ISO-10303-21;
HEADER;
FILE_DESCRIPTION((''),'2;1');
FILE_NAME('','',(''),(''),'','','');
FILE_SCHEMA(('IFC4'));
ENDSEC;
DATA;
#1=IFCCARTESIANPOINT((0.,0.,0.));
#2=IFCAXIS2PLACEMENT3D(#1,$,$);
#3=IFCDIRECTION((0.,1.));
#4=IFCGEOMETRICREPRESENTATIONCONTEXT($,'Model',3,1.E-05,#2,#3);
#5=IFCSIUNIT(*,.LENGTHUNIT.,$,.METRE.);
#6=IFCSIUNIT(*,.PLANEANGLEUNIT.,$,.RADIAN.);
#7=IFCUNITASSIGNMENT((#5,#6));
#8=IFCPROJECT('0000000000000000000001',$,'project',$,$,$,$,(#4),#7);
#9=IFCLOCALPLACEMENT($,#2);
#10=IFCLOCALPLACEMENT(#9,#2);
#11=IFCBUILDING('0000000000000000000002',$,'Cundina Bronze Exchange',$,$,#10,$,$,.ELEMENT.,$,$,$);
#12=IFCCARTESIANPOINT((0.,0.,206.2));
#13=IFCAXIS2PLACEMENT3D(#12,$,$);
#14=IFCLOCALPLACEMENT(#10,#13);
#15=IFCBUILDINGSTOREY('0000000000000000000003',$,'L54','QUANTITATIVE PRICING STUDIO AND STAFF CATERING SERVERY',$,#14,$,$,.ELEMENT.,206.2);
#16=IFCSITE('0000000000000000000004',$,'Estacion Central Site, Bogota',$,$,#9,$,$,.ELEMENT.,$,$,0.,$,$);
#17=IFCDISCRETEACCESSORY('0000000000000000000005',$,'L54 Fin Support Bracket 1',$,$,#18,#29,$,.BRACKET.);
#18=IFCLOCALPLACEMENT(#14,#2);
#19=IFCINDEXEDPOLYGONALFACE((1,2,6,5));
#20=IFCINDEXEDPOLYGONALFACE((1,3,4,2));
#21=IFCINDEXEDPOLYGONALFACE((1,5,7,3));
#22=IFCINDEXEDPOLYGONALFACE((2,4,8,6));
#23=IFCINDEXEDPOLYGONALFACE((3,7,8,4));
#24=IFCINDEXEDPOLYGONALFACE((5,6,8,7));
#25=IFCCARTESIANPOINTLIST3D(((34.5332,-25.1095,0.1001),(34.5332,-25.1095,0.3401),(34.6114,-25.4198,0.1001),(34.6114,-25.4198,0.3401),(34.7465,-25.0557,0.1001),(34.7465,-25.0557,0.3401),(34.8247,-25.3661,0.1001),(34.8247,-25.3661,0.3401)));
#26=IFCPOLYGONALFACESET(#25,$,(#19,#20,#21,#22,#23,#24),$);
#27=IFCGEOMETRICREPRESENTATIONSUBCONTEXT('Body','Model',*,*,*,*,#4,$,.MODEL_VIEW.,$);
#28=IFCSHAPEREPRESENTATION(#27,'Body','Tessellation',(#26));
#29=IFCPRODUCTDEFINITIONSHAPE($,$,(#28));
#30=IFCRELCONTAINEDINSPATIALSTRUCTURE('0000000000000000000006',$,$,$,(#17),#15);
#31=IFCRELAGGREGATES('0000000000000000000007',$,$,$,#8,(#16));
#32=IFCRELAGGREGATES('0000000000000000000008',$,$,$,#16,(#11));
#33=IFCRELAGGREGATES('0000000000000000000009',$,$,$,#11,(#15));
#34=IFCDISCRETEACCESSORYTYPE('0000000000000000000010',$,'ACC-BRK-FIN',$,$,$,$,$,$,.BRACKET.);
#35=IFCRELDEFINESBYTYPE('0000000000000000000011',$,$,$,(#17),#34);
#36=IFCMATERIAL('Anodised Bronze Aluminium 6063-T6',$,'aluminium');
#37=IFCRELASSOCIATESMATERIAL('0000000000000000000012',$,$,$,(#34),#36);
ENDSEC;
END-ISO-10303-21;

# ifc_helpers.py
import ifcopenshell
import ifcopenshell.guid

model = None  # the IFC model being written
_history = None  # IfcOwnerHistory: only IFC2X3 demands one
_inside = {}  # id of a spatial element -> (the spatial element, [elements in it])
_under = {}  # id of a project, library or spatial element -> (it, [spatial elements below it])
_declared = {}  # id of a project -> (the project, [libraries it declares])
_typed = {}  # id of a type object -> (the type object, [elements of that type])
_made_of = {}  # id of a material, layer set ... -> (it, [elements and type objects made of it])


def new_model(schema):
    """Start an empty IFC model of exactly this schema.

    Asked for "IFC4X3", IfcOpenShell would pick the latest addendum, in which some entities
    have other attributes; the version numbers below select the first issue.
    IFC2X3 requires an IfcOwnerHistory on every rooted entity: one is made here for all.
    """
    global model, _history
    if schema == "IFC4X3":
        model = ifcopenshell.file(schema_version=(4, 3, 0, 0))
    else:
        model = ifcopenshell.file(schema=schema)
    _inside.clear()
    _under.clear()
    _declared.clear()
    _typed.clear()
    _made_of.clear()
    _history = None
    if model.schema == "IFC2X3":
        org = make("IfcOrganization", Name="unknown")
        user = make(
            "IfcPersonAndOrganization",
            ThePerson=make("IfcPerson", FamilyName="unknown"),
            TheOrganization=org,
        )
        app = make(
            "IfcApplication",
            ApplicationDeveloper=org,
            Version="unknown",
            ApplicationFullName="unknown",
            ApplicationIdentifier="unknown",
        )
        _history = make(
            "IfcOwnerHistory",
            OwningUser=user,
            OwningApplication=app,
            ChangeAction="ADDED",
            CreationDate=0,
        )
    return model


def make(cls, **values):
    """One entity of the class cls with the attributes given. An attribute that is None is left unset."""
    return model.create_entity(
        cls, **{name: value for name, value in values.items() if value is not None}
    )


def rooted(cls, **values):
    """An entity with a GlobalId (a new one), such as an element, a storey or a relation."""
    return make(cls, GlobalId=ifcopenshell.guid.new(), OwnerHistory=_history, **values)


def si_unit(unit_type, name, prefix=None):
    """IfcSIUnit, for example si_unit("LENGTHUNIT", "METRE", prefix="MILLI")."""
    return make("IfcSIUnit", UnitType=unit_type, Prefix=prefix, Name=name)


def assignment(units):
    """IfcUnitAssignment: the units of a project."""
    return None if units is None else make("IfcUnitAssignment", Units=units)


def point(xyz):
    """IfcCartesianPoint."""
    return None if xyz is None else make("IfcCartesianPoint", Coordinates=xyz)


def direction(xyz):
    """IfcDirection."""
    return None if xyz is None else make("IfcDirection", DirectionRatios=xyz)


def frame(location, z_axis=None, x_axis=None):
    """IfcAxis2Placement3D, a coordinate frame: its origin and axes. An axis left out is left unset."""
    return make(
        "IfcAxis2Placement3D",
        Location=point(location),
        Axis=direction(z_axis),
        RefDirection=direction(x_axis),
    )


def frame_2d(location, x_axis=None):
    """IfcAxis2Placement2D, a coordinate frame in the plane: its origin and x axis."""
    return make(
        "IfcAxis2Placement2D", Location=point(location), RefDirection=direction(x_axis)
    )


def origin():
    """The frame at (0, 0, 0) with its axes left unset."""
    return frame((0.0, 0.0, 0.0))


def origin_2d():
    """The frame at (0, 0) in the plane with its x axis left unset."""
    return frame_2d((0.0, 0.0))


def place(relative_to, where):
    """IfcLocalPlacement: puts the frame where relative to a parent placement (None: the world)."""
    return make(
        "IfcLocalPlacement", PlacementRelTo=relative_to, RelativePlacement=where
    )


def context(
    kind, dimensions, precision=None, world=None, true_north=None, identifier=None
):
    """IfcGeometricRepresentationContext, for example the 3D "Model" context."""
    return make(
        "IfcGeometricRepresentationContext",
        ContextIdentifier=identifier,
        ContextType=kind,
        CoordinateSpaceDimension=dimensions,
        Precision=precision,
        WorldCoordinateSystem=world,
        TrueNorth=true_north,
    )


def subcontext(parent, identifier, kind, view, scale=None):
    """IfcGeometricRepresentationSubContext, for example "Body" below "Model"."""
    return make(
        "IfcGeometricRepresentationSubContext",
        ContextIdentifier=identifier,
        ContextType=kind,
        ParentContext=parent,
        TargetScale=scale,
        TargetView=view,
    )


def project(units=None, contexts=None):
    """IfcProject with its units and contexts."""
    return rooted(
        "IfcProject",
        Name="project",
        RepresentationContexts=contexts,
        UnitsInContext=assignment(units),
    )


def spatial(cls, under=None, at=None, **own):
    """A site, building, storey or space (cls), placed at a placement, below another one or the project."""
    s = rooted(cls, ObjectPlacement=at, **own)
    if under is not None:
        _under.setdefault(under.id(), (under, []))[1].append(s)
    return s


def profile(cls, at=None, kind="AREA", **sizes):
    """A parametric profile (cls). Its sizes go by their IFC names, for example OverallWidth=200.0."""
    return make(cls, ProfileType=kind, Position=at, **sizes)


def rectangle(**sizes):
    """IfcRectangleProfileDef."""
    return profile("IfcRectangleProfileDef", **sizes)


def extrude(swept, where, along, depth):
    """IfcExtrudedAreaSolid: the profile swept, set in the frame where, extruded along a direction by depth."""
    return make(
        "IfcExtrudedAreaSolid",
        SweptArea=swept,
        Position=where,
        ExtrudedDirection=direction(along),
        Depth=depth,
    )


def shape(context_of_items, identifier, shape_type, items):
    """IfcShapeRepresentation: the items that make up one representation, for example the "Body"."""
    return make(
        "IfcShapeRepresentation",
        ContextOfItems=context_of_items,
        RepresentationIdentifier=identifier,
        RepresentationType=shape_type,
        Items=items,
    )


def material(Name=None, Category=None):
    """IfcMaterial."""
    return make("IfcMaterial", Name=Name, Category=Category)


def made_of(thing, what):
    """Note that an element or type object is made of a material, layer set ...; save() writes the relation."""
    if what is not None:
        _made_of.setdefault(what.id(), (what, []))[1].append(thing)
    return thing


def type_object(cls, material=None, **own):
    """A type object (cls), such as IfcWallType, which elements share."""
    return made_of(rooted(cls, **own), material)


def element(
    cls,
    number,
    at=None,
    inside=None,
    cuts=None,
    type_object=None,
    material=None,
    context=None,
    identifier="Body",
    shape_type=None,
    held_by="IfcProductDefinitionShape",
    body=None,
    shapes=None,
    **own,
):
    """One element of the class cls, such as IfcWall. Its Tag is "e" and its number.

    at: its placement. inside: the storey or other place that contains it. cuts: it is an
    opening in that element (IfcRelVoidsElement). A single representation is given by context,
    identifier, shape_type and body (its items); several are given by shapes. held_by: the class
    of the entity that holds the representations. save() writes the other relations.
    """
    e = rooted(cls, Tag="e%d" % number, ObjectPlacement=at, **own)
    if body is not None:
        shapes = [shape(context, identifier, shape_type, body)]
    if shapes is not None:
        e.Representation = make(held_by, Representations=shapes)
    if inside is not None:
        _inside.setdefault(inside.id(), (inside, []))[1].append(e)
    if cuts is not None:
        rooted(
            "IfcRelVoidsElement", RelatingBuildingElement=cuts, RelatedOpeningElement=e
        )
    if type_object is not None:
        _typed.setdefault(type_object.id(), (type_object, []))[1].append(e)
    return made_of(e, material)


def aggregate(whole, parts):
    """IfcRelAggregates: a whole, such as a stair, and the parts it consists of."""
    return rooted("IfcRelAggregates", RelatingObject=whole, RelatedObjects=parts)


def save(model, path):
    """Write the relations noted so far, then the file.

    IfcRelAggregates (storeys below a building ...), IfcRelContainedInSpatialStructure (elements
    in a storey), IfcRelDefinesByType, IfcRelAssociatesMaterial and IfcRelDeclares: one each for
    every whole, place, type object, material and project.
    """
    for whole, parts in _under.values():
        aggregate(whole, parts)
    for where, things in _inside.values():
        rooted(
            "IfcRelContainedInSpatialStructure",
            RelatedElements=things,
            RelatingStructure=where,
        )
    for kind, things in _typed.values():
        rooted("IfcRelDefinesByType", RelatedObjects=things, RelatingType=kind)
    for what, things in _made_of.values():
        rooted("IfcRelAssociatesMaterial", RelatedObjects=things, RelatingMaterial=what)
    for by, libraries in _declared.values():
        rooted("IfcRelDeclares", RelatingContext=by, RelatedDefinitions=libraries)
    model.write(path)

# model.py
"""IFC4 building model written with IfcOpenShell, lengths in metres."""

from ifc_helpers import new_model, si_unit, direction, frame, origin, origin_2d, place, context, subcontext, project, spatial, rectangle, extrude, material, type_object, element, save


model = new_model("IFC4")

# Units and contexts
model_context = context("Model", 3, precision=1e-05, world=origin(), true_north=direction((0.0, 1.0)))
body_context = subcontext(model_context, "Body", "Model", "MODEL_VIEW")
ifc_project = project(units=[si_unit("LENGTHUNIT", "METRE"), si_unit("PLANEANGLEUNIT", "RADIAN")], contexts=[model_context])

# Site, building, storey
site_placement = place(None, origin())
site = spatial("IfcSite", under=ifc_project, at=site_placement, Name="Estacion Central Site, Bogota", CompositionType="ELEMENT", RefElevation=0.0)
building_placement = place(site_placement, origin())
building = spatial("IfcBuilding", under=site, at=building_placement, Name="Cundina Bronze Exchange", CompositionType="ELEMENT")
storey_placement = place(building_placement, frame((0.0, 0.0, 206.2)))
storey = spatial("IfcBuildingStorey", under=building, at=storey_placement, Name="L54", Description="QUANTITATIVE PRICING STUDIO AND STAFF CATERING SERVERY", CompositionType="ELEMENT", Elevation=206.2)

# Shared definitions
ifc_material_1 = material(Name="Anodised Bronze Aluminium 6063-T6", Category="aluminium")

# Discrete accessory
discrete_accessory_type = type_object("IfcDiscreteAccessoryType", Name="ACC-BRK-FIN", PredefinedType="BRACKET", material=ifc_material_1)
discrete_accessory_placement = place(storey_placement, frame((34.679, -25.2378, 0.1001), z_axis=(0.0, 0.0, 1.0), x_axis=(0.969732, 0.244174, 0.0)))
element("IfcDiscreteAccessory", 1, at=discrete_accessory_placement, inside=storey, type_object=discrete_accessory_type, Name="L54 Fin Support Bracket 1", PredefinedType="BRACKET", context=body_context, shape_type="SweptSolid", body=[
    extrude(rectangle(XDim=0.22, YDim=0.3201, at=origin_2d()), origin(), (0.0, 0.0, 1.0), 0.24),
])

save(model, "model.ifc")
